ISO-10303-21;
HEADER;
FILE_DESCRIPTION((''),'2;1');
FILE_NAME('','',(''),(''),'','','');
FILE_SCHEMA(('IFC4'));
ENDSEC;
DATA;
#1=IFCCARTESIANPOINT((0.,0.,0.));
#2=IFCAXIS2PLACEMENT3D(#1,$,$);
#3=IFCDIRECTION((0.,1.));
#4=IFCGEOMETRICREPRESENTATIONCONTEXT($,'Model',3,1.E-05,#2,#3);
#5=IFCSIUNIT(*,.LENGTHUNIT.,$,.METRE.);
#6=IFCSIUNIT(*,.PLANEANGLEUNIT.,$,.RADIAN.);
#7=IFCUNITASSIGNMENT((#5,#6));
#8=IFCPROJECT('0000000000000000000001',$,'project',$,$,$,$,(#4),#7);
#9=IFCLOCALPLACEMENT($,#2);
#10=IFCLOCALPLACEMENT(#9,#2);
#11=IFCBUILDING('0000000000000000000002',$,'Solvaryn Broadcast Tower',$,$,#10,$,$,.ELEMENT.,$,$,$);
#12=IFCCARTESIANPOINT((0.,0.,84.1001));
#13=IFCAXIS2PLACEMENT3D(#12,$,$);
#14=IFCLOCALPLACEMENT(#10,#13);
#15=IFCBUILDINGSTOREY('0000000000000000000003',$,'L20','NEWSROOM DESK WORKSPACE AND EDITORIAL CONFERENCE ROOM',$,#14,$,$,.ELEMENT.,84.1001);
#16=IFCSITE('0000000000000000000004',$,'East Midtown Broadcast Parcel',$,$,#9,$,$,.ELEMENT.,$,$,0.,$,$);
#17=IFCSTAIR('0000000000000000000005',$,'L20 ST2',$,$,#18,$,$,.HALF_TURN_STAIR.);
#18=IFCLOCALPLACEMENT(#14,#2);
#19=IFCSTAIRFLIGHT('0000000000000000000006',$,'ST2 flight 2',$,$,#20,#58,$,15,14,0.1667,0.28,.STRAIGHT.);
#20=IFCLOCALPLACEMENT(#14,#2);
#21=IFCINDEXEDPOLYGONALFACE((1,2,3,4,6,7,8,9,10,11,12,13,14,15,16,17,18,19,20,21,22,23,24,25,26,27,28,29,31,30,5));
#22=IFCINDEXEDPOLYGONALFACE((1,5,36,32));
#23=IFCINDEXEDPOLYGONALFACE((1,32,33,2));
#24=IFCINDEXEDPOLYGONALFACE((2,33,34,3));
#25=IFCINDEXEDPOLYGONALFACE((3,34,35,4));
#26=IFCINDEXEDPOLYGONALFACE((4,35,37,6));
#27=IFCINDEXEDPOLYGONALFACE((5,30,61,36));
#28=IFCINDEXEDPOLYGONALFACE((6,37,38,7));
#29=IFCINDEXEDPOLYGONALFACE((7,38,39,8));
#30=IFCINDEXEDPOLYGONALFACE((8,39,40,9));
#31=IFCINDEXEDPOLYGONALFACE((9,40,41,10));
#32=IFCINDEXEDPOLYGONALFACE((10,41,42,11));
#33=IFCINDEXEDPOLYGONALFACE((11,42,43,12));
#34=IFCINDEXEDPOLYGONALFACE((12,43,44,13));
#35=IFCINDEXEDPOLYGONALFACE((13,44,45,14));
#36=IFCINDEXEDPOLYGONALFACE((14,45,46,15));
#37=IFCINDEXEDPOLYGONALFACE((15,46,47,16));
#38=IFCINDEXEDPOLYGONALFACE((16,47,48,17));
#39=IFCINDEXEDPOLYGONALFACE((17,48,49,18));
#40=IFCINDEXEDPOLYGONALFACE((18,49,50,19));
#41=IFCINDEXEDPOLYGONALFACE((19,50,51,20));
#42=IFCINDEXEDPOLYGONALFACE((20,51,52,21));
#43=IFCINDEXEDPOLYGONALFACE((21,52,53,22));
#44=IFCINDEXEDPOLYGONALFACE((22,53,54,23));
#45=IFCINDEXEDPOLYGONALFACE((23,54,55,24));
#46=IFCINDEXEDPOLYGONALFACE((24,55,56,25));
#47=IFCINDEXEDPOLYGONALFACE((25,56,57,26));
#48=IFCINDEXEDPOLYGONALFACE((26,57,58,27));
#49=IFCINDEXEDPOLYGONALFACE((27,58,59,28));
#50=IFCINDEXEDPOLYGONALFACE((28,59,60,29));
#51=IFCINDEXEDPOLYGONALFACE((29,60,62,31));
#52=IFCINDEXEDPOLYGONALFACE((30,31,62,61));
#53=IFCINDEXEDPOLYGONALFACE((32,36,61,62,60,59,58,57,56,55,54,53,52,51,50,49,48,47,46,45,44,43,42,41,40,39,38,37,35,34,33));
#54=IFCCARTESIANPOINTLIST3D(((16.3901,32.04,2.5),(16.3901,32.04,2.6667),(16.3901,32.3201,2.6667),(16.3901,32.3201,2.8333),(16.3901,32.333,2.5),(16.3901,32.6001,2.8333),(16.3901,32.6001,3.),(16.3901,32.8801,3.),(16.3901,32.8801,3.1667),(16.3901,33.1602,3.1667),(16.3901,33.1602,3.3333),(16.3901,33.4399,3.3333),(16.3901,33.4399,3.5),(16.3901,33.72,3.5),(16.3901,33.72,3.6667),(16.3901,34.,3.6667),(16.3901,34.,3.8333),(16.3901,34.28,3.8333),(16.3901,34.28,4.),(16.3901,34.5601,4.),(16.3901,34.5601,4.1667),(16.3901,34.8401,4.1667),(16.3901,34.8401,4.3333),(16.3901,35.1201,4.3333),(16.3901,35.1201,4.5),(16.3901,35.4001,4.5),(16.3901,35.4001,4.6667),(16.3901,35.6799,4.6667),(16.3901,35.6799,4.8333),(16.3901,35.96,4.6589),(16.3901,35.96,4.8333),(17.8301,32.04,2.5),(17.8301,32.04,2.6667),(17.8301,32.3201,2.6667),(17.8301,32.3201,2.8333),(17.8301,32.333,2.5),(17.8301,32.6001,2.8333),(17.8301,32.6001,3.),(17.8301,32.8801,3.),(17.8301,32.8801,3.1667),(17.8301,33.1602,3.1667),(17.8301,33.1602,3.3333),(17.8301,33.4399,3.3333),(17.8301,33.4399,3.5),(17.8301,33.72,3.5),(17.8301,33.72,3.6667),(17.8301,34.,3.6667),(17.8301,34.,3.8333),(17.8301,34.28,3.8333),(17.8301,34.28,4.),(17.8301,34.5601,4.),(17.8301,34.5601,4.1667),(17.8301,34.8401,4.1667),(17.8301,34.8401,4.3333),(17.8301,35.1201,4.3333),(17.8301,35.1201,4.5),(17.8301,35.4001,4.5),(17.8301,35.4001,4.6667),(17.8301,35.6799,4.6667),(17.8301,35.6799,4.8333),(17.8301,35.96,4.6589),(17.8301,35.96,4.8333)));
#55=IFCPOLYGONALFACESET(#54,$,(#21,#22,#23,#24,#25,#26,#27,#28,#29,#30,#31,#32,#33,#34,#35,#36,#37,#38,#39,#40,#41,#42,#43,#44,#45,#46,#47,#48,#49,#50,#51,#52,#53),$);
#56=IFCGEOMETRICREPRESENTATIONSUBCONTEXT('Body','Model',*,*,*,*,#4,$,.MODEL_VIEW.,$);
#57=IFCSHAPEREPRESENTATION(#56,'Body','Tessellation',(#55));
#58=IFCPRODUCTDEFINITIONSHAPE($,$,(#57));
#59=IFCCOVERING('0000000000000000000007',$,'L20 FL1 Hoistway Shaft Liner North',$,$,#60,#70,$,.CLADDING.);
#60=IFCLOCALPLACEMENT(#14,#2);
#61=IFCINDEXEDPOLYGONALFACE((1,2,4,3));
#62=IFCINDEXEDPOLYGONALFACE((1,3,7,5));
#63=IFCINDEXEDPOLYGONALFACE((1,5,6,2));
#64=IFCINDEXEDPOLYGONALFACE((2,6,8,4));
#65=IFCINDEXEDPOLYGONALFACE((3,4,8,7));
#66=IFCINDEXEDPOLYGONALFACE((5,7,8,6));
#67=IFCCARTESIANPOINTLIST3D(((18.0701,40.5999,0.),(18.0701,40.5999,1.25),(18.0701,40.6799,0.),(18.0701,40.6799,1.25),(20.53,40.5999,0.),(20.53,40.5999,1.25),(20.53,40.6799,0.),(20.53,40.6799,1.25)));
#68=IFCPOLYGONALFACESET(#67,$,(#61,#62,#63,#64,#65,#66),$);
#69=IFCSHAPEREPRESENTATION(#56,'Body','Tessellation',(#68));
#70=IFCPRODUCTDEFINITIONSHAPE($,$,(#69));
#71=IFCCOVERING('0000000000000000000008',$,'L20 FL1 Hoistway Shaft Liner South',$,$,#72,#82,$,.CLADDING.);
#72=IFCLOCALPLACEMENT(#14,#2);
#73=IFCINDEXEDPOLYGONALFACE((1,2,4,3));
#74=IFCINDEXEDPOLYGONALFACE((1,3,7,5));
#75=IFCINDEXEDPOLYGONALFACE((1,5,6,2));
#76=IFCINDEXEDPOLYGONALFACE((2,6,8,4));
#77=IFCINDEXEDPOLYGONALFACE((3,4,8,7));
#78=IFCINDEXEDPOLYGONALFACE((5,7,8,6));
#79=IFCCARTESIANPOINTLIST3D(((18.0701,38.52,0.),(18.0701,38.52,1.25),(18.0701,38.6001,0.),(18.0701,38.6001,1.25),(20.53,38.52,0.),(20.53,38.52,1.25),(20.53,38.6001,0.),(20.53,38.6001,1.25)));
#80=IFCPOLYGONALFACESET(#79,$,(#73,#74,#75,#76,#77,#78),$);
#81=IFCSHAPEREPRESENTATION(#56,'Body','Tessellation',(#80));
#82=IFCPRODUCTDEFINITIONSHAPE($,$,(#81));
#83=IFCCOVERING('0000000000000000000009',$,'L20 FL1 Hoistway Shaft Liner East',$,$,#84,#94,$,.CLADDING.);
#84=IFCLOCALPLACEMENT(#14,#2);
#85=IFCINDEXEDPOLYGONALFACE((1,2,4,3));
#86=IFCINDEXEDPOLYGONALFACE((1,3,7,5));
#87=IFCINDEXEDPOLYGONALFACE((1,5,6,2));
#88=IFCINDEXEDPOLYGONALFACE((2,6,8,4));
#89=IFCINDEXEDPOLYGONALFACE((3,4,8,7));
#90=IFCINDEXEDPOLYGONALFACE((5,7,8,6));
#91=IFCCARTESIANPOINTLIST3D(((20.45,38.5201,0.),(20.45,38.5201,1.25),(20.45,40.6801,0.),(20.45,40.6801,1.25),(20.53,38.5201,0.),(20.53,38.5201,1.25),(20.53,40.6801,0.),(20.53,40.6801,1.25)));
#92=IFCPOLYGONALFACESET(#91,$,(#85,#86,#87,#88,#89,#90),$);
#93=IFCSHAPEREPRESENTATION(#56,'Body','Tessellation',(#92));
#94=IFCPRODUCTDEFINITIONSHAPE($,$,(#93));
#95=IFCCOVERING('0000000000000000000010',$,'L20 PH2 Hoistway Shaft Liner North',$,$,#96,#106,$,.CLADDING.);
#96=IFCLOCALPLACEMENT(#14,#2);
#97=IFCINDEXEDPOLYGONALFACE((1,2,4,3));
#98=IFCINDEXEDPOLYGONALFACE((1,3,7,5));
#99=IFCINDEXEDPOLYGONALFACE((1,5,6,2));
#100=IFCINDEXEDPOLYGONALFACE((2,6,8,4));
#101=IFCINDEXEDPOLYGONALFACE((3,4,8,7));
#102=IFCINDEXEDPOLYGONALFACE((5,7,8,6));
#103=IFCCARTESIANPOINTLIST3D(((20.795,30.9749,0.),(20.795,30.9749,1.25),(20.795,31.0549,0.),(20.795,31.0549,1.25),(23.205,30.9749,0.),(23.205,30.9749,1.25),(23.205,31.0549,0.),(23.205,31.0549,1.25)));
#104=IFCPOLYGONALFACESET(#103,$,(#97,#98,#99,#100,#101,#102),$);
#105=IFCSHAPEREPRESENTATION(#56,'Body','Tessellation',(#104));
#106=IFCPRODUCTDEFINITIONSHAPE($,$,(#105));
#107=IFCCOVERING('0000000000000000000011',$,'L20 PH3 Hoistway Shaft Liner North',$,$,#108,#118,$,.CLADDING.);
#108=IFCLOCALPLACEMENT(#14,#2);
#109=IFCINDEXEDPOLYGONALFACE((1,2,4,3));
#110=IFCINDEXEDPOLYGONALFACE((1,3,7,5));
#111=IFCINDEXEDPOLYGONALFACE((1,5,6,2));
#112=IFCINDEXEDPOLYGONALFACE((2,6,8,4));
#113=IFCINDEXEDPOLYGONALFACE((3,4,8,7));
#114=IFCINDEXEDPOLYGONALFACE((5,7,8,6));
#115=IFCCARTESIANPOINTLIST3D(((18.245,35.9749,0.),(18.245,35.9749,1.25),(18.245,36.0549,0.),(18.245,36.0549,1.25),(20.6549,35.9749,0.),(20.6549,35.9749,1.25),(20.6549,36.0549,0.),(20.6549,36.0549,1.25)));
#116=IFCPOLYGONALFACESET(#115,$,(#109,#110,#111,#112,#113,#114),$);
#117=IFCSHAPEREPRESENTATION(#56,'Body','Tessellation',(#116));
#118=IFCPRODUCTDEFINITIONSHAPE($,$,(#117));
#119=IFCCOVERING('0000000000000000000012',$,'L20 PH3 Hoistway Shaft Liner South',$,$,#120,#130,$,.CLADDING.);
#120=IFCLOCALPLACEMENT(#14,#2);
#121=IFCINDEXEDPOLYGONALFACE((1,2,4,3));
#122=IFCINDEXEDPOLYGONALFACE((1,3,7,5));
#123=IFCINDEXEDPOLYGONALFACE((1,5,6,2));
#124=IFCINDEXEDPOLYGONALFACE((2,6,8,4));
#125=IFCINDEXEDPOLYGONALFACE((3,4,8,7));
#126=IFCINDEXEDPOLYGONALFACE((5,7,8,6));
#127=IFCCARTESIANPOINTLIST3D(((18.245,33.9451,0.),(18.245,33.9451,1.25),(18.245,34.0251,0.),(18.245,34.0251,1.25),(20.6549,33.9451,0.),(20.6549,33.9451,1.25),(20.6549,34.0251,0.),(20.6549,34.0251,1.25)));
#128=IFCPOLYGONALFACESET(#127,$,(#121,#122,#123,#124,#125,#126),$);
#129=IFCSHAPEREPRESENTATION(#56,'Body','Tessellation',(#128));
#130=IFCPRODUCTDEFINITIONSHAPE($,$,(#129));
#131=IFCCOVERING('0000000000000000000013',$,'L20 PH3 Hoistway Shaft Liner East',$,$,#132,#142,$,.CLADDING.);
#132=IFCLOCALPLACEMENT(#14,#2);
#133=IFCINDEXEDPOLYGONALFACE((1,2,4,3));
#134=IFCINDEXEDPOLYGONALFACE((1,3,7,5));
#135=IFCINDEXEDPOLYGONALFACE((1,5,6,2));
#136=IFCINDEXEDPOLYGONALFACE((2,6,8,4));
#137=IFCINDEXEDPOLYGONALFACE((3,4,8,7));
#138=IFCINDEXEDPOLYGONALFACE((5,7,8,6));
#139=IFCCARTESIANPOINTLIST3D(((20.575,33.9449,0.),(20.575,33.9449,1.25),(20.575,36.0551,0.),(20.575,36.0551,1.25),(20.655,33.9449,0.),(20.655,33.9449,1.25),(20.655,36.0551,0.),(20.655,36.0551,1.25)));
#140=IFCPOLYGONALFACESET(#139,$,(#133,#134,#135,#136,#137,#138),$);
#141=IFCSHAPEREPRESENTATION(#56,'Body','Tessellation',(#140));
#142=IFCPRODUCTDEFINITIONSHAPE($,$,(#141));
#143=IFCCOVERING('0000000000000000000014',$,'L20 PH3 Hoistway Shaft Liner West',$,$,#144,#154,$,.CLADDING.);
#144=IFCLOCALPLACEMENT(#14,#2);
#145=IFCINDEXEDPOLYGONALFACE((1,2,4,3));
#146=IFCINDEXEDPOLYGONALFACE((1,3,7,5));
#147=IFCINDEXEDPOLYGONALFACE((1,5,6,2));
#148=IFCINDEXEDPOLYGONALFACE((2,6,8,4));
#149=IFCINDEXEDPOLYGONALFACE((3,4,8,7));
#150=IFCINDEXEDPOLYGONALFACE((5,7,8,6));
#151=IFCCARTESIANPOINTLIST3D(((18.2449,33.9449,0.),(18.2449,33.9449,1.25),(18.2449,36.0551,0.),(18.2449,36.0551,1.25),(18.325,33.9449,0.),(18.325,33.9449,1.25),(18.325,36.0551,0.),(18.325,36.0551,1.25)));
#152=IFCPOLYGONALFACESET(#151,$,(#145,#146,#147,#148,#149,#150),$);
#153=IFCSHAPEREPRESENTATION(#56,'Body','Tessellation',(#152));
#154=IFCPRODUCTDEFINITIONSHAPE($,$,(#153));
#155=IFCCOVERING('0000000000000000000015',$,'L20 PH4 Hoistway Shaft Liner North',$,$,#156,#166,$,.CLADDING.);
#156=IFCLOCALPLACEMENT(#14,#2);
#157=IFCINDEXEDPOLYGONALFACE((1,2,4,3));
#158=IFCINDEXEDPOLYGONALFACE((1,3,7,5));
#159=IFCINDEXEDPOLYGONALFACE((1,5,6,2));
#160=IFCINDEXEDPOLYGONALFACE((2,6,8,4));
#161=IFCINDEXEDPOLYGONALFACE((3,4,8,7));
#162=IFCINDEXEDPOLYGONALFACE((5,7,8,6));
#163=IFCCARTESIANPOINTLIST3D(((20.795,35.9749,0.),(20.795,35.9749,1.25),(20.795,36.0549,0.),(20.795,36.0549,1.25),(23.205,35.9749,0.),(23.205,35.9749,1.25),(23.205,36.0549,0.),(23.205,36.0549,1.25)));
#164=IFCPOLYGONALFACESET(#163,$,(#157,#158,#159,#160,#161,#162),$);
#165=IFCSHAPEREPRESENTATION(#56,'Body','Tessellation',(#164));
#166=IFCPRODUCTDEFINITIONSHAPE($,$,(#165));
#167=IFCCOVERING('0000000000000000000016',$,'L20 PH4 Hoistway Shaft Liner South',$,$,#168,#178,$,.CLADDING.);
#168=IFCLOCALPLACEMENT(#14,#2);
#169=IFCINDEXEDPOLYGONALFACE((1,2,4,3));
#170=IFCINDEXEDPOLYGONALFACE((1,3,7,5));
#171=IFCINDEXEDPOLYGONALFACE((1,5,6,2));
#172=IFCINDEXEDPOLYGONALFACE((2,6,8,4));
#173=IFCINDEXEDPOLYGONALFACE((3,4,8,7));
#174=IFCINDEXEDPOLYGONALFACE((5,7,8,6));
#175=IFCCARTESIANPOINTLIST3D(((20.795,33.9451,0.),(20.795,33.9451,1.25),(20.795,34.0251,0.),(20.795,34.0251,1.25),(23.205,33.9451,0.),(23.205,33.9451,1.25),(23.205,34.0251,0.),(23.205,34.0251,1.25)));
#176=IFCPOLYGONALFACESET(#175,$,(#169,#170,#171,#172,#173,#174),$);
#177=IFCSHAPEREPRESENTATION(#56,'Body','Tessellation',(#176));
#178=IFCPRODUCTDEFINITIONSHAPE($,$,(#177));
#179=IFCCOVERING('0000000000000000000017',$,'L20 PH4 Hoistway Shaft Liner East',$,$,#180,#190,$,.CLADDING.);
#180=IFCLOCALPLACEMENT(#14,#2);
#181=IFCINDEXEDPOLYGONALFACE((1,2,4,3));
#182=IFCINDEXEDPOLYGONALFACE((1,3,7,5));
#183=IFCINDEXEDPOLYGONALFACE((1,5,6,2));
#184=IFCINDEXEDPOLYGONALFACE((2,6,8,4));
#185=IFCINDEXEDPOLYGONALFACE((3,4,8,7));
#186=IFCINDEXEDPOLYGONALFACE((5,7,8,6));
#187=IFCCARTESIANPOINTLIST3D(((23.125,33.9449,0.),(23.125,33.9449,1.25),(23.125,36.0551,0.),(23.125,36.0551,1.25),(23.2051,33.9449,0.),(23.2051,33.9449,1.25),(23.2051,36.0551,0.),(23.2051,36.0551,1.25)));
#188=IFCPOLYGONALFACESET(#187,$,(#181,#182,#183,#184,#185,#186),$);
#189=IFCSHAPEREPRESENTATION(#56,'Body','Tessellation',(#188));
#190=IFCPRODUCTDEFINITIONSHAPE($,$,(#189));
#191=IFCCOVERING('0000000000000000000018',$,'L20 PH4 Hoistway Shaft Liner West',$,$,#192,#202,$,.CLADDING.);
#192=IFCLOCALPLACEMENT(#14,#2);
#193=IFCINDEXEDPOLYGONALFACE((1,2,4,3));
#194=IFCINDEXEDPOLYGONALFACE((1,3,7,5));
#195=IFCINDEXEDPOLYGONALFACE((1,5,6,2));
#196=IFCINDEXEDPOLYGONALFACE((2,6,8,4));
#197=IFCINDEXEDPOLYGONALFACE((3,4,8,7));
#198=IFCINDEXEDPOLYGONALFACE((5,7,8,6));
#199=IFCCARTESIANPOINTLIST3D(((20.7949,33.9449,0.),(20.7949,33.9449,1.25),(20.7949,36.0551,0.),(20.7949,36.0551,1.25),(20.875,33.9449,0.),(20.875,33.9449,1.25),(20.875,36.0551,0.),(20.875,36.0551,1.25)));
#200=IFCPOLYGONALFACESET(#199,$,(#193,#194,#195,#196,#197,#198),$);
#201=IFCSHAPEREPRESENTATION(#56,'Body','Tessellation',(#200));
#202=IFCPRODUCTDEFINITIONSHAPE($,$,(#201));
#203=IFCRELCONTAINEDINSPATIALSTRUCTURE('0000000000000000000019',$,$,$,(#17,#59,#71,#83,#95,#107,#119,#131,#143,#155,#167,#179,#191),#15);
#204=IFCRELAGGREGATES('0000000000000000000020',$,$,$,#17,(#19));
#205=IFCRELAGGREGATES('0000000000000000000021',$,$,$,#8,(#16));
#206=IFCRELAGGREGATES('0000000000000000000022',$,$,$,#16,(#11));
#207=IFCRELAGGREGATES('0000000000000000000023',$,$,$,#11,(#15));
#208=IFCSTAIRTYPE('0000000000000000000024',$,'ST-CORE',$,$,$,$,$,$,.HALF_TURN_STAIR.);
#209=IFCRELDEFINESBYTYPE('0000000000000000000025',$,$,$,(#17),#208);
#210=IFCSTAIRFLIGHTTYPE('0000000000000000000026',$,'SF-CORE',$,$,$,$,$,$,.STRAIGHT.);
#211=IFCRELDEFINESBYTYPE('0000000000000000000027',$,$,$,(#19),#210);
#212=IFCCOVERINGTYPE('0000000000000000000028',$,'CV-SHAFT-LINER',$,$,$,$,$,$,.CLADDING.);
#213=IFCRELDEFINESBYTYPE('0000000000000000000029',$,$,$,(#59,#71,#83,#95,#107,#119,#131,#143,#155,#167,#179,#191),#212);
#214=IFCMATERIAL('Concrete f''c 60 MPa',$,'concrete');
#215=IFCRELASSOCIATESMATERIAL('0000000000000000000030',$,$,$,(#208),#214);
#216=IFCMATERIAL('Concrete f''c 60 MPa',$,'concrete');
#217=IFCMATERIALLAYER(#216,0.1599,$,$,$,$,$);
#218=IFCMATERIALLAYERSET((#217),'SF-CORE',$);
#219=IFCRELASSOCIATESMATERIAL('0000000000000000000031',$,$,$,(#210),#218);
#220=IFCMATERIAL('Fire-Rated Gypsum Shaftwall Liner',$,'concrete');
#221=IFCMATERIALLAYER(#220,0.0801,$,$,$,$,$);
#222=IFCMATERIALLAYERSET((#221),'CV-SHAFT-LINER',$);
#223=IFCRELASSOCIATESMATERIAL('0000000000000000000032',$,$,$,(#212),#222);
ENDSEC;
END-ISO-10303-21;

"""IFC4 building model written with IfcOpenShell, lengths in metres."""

from ifc_helpers import new_model, si_unit, direction, frame, origin, origin_2d, place, context, subcontext, project, spatial, polyline, rectangle, outline, extrude, material, layer, layer_set, type_object, element, aggregate, save


model = new_model("IFC4")

# Units and contexts
model_context = context("Model", 3, precision=1e-05, world=origin(), true_north=direction((0.0, 1.0)))
body_context = subcontext(model_context, "Body", "Model", "MODEL_VIEW")
ifc_project = project(units=[si_unit("LENGTHUNIT", "METRE"), si_unit("PLANEANGLEUNIT", "RADIAN")], contexts=[model_context])

# Site, building, storey
site_placement = place(None, origin())
site = spatial("IfcSite", under=ifc_project, at=site_placement, Name="East Midtown Broadcast Parcel", CompositionType="ELEMENT", RefElevation=0.0)
building_placement = place(site_placement, origin())
building = spatial("IfcBuilding", under=site, at=building_placement, Name="Solvaryn Broadcast Tower", CompositionType="ELEMENT")
storey_placement = place(building_placement, frame((0.0, 0.0, 84.1001)))
storey = spatial("IfcBuildingStorey", under=building, at=storey_placement, Name="L20", Description="NEWSROOM DESK WORKSPACE AND EDITORIAL CONFERENCE ROOM", CompositionType="ELEMENT", Elevation=84.1001)

# Stair, stair flight
ifc_material_1 = material(Name="Concrete f'c 60 MPa", Category="concrete")
stair_type = type_object("IfcStairType", Name="ST-CORE", PredefinedType="HALF_TURN_STAIR", material=ifc_material_1)
stair_placement = place(storey_placement, origin())
stair = element("IfcStair", 1, at=stair_placement, inside=storey, type_object=stair_type, Name="L20 ST2", PredefinedType="HALF_TURN_STAIR")
ifc_material_2 = material(Name="Concrete f'c 60 MPa", Category="concrete")
ifc_layer_1 = layer(ifc_material_2, 0.1599)
ifc_layer_set_1 = layer_set([ifc_layer_1], Name="SF-CORE")
stair_flight_type = type_object("IfcStairFlightType", Name="SF-CORE", PredefinedType="STRAIGHT", material=ifc_layer_set_1)
stair_flight_1_placement = place(storey_placement, frame((17.1101, 32.04, 2.5), z_axis=(0.0, 0.0, 1.0), x_axis=(0.0, 1.0, 0.0)))
stair_flight_1 = element("IfcStairFlight", 2, at=stair_flight_1_placement, type_object=stair_flight_type, Name="ST2 flight 2", NumberOfRisers=15, NumberOfTreads=14, PredefinedType="STRAIGHT", RiserHeight=0.1667, TreadLength=0.28, context=body_context, shape_type="SweptSolid", body=[
    extrude(outline(polyline([(0.0, 0.0), (0.0, 0.1667), (0.28, 0.1667), (0.28, 0.3333), (0.5601, 0.3333), (0.5601, 0.5), (0.8401, 0.5), (0.8401, 0.6667), (1.1201, 0.6667), (1.1201, 0.8333), (1.3999, 0.8333), (1.3999, 1.0), (1.6799, 1.0), (1.6799, 1.1667), (1.96, 1.1667), (1.96, 1.3333), (2.24, 1.3333), (2.24, 1.5), (2.52, 1.5), (2.52, 1.6667), (2.8, 1.6667), (2.8, 1.8333), (3.0801, 1.8333), (3.0801, 2.0), (3.3601, 2.0), (3.3601, 2.1667), (3.6399, 2.1667), (3.6399, 2.3333), (3.9199, 2.3333), (3.9199, 2.5), (3.9199, 2.1589), (0.293, 0.0), (0.0, 0.0)])), frame((0.0, 0.72, 0.0), z_axis=(0.0, -1.0, 0.0), x_axis=(1.0, 0.0, 0.0)), (0.0, 0.0, 1.0), 1.4399),
])
aggregate(stair, [stair_flight_1])

# Coverings
ifc_material_3 = material(Name="Fire-Rated Gypsum Shaftwall Liner", Category="concrete")
ifc_layer_2 = layer(ifc_material_3, 0.0801)
ifc_layer_set_2 = layer_set([ifc_layer_2], Name="CV-SHAFT-LINER")
covering_type = type_object("IfcCoveringType", Name="CV-SHAFT-LINER", PredefinedType="CLADDING", material=ifc_layer_set_2)
for number, where, z_axis, x_axis, name in (
    (3, (19.3, 40.6399, 0.0), (0.0, 0.0, 1.0), (1.0, 0.0, 0.0), "L20 FL1 Hoistway Shaft Liner North"),
    (4, (19.3, 38.5601, 0.0), (0.0, 0.0, 1.0), (1.0, 0.0, 0.0), "L20 FL1 Hoistway Shaft Liner South"),
):
    element("IfcCovering", number, at=place(storey_placement, frame(where, z_axis=z_axis, x_axis=x_axis)), inside=storey, type_object=covering_type, Name=name, PredefinedType="CLADDING", context=body_context, shape_type="SweptSolid", body=[
        extrude(rectangle(XDim=2.46, YDim=0.0801, at=origin_2d()), origin(), (0.0, 0.0, 1.0), 1.25),
    ])
covering_placement = place(storey_placement, frame((20.49, 39.6001, 0.0), z_axis=(0.0, 0.0, 1.0), x_axis=(1.0, 0.0, 0.0)))
element("IfcCovering", 5, at=covering_placement, inside=storey, type_object=covering_type, Name="L20 FL1 Hoistway Shaft Liner East", PredefinedType="CLADDING", context=body_context, shape_type="SweptSolid", body=[
    extrude(rectangle(XDim=0.0801, YDim=2.1599, at=origin_2d()), origin(), (0.0, 0.0, 1.0), 1.25),
])
for number, where, z_axis, x_axis, name in (
    (6, (22.0, 31.0149, 0.0), (0.0, 0.0, 1.0), (1.0, 0.0, 0.0), "L20 PH2 Hoistway Shaft Liner North"),
    (7, (19.45, 36.0149, 0.0), (0.0, 0.0, 1.0), (1.0, 0.0, 0.0), "L20 PH3 Hoistway Shaft Liner North"),
    (8, (19.45, 33.9851, 0.0), (0.0, 0.0, 1.0), (1.0, 0.0, 0.0), "L20 PH3 Hoistway Shaft Liner South"),
):
    element("IfcCovering", number, at=place(storey_placement, frame(where, z_axis=z_axis, x_axis=x_axis)), inside=storey, type_object=covering_type, Name=name, PredefinedType="CLADDING", context=body_context, shape_type="SweptSolid", body=[
        extrude(rectangle(XDim=2.4099, YDim=0.0801, at=origin_2d()), origin(), (0.0, 0.0, 1.0), 1.25),
    ])
for number, where, z_axis, x_axis, name in (
    (9, (20.615, 35.0, 0.0), (0.0, 0.0, 1.0), (1.0, 0.0, 0.0), "L20 PH3 Hoistway Shaft Liner East"),
    (10, (18.2849, 35.0, 0.0), (0.0, 0.0, 1.0), (1.0, 0.0, 0.0), "L20 PH3 Hoistway Shaft Liner West"),
):
    element("IfcCovering", number, at=place(storey_placement, frame(where, z_axis=z_axis, x_axis=x_axis)), inside=storey, type_object=covering_type, Name=name, PredefinedType="CLADDING", context=body_context, shape_type="SweptSolid", body=[
        extrude(rectangle(XDim=0.0801, YDim=2.1101, at=origin_2d()), origin(), (0.0, 0.0, 1.0), 1.25),
    ])
for number, where, z_axis, x_axis, name in (
    (11, (22.0, 36.0149, 0.0), (0.0, 0.0, 1.0), (1.0, 0.0, 0.0), "L20 PH4 Hoistway Shaft Liner North"),
    (12, (22.0, 33.9851, 0.0), (0.0, 0.0, 1.0), (1.0, 0.0, 0.0), "L20 PH4 Hoistway Shaft Liner South"),
):
    element("IfcCovering", number, at=place(storey_placement, frame(where, z_axis=z_axis, x_axis=x_axis)), inside=storey, type_object=covering_type, Name=name, PredefinedType="CLADDING", context=body_context, shape_type="SweptSolid", body=[
        extrude(rectangle(XDim=2.4099, YDim=0.0801, at=origin_2d()), origin(), (0.0, 0.0, 1.0), 1.25),
    ])
for number, where, z_axis, x_axis, name in (
    (13, (23.165, 35.0, 0.0), (0.0, 0.0, 1.0), (1.0, 0.0, 0.0), "L20 PH4 Hoistway Shaft Liner East"),
    (14, (20.835, 35.0, 0.0), (0.0, 0.0, 1.0), (1.0, 0.0, 0.0), "L20 PH4 Hoistway Shaft Liner West"),
):
    element("IfcCovering", number, at=place(storey_placement, frame(where, z_axis=z_axis, x_axis=x_axis)), inside=storey, type_object=covering_type, Name=name, PredefinedType="CLADDING", context=body_context, shape_type="SweptSolid", body=[
        extrude(rectangle(XDim=0.0801, YDim=2.1101, at=origin_2d()), origin(), (0.0, 0.0, 1.0), 1.25),
    ])

save(model, "model.ifc")
